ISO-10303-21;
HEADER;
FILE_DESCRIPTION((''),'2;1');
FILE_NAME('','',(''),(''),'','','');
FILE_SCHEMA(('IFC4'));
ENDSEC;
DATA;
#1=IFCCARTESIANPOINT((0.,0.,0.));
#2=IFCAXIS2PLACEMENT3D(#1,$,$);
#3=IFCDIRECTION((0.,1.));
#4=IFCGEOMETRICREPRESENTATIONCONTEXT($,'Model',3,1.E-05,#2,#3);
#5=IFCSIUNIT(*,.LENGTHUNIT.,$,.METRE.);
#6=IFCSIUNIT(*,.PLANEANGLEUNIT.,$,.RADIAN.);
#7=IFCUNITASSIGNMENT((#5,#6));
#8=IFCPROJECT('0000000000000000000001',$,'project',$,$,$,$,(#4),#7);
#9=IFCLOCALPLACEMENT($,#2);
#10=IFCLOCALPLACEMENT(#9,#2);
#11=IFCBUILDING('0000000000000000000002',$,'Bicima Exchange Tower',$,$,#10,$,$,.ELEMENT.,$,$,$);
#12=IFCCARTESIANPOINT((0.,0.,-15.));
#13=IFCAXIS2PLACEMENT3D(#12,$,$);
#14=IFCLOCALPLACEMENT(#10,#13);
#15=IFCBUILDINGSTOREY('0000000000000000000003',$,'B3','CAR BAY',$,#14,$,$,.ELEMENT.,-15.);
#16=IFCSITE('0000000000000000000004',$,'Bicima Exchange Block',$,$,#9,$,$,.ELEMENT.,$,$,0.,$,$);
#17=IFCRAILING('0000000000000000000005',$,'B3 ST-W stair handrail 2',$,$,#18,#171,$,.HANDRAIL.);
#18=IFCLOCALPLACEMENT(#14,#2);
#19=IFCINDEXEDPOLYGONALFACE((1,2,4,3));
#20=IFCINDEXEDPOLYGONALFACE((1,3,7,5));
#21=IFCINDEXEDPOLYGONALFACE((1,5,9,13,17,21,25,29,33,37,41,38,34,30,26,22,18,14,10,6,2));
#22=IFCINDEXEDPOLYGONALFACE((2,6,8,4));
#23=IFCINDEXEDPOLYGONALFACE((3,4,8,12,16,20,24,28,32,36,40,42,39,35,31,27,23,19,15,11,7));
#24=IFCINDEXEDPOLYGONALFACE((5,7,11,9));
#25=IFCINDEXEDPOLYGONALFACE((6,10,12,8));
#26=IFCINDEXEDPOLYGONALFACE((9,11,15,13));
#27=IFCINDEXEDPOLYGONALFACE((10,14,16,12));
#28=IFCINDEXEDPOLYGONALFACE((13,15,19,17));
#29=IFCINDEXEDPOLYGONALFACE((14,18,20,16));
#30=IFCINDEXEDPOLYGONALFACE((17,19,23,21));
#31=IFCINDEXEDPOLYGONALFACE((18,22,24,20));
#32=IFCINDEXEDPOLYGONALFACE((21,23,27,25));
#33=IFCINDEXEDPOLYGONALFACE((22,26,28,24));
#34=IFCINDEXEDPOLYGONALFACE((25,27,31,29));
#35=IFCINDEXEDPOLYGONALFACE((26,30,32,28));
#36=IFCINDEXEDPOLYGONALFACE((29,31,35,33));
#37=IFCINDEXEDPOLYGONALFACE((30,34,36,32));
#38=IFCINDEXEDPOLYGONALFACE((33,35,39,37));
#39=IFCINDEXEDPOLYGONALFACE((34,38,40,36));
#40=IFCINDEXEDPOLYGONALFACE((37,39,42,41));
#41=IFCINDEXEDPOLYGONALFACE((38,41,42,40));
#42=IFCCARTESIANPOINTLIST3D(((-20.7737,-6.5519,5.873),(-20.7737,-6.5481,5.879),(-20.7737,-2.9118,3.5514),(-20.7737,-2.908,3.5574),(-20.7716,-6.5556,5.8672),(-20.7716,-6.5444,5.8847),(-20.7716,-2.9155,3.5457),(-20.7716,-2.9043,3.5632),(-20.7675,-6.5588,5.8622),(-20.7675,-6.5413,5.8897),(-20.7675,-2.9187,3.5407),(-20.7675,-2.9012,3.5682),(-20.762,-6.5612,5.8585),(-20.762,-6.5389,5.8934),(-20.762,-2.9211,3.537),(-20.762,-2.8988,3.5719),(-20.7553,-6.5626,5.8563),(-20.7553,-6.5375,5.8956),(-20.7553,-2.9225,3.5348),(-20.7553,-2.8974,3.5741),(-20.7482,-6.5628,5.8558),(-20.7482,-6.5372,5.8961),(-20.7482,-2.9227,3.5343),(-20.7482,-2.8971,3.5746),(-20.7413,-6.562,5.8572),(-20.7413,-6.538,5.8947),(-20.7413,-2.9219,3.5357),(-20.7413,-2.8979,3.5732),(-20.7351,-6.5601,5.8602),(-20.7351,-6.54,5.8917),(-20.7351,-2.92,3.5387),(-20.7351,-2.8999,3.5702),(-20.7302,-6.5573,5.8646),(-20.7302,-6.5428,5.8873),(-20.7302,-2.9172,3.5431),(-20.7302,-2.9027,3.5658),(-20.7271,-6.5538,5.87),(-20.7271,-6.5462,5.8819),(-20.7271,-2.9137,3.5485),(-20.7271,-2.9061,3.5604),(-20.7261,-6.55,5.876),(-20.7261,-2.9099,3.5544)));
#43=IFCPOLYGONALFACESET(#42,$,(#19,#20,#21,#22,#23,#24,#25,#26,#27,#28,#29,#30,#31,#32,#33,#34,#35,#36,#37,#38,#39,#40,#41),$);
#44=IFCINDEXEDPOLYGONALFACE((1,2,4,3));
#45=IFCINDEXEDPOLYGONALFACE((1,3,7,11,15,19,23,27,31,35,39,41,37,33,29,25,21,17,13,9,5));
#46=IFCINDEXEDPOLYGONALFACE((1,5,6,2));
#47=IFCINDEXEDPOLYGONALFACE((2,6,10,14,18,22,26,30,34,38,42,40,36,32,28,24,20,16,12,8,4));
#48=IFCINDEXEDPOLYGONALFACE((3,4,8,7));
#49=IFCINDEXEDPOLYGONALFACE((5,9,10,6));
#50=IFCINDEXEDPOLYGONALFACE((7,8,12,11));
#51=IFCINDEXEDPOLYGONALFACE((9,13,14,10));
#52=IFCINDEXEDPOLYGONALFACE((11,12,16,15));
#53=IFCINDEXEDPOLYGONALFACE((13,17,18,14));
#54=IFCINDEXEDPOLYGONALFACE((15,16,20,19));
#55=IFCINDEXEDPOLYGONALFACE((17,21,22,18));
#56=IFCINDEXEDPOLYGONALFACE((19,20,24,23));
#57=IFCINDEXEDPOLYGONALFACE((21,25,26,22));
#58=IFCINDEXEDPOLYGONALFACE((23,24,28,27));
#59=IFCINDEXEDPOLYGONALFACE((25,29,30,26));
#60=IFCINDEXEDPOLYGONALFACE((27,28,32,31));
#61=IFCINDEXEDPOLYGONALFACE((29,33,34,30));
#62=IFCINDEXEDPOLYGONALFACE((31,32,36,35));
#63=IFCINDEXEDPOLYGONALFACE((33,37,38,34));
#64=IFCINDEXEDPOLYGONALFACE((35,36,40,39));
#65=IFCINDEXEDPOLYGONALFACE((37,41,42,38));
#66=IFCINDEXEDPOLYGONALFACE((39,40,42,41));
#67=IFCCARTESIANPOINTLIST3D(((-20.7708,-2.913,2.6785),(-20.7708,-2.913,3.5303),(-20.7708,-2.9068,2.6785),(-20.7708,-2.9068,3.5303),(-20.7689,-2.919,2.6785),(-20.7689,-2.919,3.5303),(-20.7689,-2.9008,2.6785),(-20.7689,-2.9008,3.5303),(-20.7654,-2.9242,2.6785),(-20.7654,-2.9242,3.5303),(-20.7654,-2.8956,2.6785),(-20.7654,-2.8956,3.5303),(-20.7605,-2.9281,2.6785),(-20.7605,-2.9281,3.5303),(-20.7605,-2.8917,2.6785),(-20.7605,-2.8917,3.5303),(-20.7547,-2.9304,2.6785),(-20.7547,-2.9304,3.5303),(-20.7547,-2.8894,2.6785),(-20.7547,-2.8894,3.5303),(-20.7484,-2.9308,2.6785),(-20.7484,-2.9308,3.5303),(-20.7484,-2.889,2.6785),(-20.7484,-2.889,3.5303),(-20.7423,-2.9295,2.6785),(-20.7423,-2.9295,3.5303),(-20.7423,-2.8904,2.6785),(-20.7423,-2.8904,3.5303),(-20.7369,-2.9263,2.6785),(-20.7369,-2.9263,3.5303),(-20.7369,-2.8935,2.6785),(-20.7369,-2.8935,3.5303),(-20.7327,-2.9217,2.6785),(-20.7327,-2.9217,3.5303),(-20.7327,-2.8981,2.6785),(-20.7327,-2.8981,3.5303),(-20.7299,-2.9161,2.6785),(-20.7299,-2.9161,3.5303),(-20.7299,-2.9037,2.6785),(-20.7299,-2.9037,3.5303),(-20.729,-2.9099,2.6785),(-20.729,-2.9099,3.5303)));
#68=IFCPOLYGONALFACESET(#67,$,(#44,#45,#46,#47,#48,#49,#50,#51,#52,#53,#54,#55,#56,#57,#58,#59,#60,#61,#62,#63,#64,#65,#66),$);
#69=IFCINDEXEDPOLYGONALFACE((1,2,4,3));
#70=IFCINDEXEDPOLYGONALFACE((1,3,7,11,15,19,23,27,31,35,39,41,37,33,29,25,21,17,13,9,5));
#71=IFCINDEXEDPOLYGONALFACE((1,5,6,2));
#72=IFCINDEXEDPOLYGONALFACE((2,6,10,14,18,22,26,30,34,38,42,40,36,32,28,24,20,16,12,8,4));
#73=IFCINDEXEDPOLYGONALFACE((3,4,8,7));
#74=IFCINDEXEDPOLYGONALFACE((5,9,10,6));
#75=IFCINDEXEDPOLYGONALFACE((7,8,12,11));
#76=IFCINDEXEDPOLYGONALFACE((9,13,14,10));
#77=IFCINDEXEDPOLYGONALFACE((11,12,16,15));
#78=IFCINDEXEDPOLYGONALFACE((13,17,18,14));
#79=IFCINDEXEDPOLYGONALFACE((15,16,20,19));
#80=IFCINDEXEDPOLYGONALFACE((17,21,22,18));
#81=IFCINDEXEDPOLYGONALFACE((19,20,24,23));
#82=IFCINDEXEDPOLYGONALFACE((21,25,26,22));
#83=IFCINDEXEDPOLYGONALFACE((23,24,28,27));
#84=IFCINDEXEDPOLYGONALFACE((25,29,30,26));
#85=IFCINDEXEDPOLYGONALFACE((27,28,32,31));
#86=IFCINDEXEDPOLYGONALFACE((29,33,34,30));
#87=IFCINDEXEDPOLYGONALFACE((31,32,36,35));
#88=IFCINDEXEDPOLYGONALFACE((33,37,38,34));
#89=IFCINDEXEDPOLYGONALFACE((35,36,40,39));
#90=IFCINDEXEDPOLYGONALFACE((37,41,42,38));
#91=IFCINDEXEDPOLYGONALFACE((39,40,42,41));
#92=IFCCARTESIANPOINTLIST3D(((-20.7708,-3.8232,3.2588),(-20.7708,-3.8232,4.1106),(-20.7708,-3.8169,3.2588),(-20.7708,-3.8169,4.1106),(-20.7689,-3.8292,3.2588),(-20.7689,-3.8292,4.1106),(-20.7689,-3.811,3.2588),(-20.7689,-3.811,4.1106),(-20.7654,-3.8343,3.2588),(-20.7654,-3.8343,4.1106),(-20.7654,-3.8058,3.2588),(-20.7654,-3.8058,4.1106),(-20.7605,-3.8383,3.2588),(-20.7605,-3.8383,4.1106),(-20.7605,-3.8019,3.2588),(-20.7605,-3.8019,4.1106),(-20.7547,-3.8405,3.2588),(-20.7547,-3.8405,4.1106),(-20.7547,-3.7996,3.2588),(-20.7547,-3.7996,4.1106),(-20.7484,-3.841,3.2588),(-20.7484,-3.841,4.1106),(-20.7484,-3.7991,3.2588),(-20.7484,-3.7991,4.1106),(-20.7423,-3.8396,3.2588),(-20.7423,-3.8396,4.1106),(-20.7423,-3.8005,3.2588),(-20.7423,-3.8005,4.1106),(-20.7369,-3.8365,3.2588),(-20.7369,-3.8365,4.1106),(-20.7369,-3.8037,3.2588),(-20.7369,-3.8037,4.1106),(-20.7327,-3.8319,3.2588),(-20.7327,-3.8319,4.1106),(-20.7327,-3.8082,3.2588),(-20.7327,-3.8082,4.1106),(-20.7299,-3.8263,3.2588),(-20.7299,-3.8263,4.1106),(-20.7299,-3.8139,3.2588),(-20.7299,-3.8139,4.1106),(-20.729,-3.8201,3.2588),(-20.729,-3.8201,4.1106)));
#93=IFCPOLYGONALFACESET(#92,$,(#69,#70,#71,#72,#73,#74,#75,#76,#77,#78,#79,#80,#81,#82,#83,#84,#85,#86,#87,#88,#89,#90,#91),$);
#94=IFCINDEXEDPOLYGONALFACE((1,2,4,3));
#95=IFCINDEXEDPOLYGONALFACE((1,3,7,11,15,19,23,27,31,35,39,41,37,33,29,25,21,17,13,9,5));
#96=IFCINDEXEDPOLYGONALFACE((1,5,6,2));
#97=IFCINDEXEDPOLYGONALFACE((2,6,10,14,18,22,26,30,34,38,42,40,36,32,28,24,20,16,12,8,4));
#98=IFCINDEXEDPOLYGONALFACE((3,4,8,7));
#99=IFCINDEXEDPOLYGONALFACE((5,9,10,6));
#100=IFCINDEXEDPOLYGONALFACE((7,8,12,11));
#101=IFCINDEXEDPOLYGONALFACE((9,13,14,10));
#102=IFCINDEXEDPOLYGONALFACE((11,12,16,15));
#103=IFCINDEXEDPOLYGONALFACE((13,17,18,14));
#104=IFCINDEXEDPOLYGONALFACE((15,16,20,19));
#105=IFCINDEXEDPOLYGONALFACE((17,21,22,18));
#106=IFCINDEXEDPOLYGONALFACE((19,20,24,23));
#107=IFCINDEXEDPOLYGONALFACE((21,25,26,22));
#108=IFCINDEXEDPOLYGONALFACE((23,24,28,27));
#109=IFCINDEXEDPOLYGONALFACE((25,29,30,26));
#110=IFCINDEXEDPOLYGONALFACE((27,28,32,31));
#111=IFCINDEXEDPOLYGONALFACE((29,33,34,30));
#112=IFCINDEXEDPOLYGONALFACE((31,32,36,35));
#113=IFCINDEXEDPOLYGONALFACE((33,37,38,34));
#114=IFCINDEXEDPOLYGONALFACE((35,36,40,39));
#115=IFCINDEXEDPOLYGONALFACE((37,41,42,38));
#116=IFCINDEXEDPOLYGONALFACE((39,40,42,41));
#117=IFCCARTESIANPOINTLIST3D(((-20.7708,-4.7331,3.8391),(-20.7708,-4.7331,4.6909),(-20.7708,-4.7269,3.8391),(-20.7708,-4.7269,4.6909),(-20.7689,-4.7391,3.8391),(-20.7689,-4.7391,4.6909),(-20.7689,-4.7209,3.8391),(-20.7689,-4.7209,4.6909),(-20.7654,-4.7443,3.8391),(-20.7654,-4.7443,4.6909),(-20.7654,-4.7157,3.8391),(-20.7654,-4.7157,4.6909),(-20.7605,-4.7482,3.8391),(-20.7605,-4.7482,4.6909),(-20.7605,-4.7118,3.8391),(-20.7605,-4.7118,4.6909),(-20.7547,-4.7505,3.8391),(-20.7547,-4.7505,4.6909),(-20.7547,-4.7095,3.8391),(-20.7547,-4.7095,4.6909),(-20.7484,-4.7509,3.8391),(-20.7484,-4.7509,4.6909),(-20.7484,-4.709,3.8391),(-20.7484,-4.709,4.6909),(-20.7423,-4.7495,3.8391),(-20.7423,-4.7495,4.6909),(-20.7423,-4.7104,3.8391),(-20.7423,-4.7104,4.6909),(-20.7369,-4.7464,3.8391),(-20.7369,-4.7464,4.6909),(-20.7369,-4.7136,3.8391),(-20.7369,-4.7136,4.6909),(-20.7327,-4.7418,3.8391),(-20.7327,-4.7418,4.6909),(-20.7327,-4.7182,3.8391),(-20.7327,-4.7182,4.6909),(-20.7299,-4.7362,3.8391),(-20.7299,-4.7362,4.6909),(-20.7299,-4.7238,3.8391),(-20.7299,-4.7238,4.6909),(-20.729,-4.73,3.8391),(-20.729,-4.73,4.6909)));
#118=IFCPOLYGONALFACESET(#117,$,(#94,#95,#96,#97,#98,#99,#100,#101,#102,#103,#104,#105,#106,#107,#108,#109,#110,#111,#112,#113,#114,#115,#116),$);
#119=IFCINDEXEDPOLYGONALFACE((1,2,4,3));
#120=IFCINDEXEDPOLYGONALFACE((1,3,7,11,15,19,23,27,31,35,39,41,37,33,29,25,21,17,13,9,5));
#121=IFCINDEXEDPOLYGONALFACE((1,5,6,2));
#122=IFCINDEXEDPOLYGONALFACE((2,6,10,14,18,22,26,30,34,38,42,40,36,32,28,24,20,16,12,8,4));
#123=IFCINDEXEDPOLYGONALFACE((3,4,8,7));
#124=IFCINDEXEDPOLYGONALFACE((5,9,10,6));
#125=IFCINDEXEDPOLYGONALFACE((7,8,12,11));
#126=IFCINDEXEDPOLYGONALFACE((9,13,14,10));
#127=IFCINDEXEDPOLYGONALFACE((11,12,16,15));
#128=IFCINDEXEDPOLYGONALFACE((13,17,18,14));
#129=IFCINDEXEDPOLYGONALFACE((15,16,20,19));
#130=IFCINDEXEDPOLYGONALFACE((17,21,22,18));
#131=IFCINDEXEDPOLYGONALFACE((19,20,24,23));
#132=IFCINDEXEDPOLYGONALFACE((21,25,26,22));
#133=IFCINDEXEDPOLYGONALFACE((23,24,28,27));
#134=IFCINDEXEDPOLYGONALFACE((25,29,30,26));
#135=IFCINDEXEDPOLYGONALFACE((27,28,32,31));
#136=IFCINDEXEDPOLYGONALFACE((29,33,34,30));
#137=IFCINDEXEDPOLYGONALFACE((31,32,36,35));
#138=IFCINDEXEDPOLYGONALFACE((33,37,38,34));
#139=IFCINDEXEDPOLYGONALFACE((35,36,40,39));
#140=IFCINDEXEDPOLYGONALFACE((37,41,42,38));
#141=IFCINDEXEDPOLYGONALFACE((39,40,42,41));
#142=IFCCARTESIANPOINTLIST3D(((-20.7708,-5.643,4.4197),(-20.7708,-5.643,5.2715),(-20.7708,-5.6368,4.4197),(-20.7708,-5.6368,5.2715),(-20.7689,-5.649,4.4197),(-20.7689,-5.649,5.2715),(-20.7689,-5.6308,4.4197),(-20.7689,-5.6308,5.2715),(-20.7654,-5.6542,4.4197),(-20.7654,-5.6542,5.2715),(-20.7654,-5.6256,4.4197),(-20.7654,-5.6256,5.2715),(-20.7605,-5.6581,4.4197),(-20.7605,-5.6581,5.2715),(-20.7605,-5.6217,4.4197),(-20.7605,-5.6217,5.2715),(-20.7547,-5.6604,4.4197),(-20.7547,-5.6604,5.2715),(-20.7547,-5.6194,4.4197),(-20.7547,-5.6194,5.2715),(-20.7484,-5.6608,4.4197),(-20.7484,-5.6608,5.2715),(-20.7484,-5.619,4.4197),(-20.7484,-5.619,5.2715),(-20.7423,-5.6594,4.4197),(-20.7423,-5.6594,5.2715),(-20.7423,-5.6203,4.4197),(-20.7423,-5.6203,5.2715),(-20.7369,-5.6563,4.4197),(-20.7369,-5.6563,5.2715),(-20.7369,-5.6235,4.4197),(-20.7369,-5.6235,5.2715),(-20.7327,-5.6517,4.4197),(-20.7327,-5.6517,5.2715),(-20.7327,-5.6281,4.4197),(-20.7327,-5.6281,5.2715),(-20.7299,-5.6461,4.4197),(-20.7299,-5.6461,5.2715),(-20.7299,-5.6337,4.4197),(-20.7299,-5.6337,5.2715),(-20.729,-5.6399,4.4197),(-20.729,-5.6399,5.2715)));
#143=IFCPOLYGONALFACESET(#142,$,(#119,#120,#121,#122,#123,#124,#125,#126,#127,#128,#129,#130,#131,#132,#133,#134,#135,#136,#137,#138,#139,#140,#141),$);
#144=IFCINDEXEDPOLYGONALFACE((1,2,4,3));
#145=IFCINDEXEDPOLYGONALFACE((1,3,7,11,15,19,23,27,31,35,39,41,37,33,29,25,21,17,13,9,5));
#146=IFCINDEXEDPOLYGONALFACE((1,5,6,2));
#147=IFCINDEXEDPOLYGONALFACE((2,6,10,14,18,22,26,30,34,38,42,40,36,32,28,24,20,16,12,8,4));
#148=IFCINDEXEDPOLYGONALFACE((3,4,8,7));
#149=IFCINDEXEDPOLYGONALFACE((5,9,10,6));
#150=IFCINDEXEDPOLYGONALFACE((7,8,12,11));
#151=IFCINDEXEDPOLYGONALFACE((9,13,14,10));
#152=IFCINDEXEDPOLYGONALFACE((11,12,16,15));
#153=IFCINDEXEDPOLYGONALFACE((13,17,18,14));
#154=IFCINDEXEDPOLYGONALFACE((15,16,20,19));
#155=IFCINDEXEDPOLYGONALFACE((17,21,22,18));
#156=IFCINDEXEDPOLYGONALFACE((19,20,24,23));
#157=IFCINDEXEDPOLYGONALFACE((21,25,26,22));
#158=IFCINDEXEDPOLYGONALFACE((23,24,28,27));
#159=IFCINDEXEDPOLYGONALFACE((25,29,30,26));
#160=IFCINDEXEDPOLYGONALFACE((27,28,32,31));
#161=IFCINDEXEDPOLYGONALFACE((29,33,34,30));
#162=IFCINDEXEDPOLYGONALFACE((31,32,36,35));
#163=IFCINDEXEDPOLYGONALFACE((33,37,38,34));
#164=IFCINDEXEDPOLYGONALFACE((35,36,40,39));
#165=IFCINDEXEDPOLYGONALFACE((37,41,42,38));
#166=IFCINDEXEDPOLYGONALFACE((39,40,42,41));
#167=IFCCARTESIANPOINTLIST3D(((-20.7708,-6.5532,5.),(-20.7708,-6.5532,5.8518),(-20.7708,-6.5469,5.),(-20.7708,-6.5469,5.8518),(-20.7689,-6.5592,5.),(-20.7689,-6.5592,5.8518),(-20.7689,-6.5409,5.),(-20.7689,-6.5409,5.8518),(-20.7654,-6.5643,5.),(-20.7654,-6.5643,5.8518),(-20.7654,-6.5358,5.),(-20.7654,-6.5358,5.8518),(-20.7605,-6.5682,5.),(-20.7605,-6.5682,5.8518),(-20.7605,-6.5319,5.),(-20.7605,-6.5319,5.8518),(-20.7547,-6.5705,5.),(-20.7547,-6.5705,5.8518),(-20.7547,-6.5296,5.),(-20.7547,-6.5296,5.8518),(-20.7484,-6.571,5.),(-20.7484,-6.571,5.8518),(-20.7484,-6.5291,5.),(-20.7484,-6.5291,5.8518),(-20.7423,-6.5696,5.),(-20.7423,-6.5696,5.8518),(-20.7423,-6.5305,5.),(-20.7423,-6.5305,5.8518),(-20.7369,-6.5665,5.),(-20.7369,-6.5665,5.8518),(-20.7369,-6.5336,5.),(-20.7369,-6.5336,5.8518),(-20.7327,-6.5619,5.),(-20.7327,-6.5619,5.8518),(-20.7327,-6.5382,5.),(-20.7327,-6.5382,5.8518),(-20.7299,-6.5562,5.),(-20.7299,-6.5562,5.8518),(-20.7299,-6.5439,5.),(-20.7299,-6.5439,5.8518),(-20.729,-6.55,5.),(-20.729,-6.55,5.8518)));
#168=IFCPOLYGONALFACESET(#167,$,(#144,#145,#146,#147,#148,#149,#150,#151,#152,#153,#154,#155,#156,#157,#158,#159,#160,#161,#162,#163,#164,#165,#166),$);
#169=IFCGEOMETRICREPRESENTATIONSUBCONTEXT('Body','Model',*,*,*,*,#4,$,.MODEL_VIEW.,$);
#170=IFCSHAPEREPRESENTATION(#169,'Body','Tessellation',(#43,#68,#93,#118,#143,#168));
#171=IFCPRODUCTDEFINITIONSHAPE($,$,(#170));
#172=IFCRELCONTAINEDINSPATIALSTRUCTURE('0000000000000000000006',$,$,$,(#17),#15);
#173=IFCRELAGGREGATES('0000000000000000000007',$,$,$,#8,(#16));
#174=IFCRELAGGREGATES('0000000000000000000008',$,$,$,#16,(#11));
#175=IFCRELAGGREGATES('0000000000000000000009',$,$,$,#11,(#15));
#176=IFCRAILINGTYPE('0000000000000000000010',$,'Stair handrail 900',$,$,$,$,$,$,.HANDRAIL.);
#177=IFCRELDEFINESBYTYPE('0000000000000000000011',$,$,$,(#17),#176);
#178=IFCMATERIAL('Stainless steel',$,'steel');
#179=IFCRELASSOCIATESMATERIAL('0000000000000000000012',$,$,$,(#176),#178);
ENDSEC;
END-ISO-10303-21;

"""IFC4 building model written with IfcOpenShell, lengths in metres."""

from ifc_helpers import new_model, si_unit, direction, frame, origin, origin_2d, place, context, subcontext, project, spatial, circle, extrude, material, type_object, element, save


model = new_model("IFC4")

# Units and contexts
model_context = context("Model", 3, precision=1e-05, world=origin(), true_north=direction((0.0, 1.0)))
body_context = subcontext(model_context, "Body", "Model", "MODEL_VIEW")
ifc_project = project(units=[si_unit("LENGTHUNIT", "METRE"), si_unit("PLANEANGLEUNIT", "RADIAN")], contexts=[model_context])

# Site, building, storey
site_placement = place(None, origin())
site = spatial("IfcSite", under=ifc_project, at=site_placement, Name="Bicima Exchange Block", CompositionType="ELEMENT", RefElevation=0.0)
building_placement = place(site_placement, origin())
building = spatial("IfcBuilding", under=site, at=building_placement, Name="Bicima Exchange Tower", CompositionType="ELEMENT")
storey_placement = place(building_placement, frame((0.0, 0.0, -15.0)))
storey = spatial("IfcBuildingStorey", under=building, at=storey_placement, Name="B3", Description="CAR BAY", CompositionType="ELEMENT", Elevation=-15.0)

# Railing
ifc_material_1 = material(Name="Stainless steel", Category="steel")
railing_type = type_object("IfcRailingType", Name="Stair handrail 900", PredefinedType="HANDRAIL", material=ifc_material_1)
railing_1_placement = place(storey_placement, frame((-20.75, -2.9099, 2.6785)))
element("IfcRailing", 1, at=railing_1_placement, inside=storey, type_object=railing_type, Name="B3 ST-W stair handrail 2", PredefinedType="HANDRAIL", context=body_context, shape_type="SweptSolid", body=[
    extrude(circle(Radius=0.0239, at=origin_2d()), frame((0.0, 0.0, 0.876), z_axis=(0.0, -0.843128, 0.537713), x_axis=(1.0, 0.0, 0.0)), (0.0, 0.0, 1.0), 4.3174),
    extrude(circle(Radius=0.021, at=origin_2d()), origin(), (0.0, 0.0, 1.0), 0.8518),
    extrude(circle(Radius=0.021, at=origin_2d()), frame((0.0, -0.9102, 0.5803)), (0.0, 0.0, 1.0), 0.8518),
    extrude(circle(Radius=0.021, at=origin_2d()), frame((0.0, -1.8201, 1.1606)), (0.0, 0.0, 1.0), 0.8518),
    extrude(circle(Radius=0.021, at=origin_2d()), frame((0.0, -2.73, 1.7412)), (0.0, 0.0, 1.0), 0.8518),
    extrude(circle(Radius=0.021, at=origin_2d()), frame((0.0, -3.6401, 2.3215)), (0.0, 0.0, 1.0), 0.8518),
])

save(model, "model.ifc")
